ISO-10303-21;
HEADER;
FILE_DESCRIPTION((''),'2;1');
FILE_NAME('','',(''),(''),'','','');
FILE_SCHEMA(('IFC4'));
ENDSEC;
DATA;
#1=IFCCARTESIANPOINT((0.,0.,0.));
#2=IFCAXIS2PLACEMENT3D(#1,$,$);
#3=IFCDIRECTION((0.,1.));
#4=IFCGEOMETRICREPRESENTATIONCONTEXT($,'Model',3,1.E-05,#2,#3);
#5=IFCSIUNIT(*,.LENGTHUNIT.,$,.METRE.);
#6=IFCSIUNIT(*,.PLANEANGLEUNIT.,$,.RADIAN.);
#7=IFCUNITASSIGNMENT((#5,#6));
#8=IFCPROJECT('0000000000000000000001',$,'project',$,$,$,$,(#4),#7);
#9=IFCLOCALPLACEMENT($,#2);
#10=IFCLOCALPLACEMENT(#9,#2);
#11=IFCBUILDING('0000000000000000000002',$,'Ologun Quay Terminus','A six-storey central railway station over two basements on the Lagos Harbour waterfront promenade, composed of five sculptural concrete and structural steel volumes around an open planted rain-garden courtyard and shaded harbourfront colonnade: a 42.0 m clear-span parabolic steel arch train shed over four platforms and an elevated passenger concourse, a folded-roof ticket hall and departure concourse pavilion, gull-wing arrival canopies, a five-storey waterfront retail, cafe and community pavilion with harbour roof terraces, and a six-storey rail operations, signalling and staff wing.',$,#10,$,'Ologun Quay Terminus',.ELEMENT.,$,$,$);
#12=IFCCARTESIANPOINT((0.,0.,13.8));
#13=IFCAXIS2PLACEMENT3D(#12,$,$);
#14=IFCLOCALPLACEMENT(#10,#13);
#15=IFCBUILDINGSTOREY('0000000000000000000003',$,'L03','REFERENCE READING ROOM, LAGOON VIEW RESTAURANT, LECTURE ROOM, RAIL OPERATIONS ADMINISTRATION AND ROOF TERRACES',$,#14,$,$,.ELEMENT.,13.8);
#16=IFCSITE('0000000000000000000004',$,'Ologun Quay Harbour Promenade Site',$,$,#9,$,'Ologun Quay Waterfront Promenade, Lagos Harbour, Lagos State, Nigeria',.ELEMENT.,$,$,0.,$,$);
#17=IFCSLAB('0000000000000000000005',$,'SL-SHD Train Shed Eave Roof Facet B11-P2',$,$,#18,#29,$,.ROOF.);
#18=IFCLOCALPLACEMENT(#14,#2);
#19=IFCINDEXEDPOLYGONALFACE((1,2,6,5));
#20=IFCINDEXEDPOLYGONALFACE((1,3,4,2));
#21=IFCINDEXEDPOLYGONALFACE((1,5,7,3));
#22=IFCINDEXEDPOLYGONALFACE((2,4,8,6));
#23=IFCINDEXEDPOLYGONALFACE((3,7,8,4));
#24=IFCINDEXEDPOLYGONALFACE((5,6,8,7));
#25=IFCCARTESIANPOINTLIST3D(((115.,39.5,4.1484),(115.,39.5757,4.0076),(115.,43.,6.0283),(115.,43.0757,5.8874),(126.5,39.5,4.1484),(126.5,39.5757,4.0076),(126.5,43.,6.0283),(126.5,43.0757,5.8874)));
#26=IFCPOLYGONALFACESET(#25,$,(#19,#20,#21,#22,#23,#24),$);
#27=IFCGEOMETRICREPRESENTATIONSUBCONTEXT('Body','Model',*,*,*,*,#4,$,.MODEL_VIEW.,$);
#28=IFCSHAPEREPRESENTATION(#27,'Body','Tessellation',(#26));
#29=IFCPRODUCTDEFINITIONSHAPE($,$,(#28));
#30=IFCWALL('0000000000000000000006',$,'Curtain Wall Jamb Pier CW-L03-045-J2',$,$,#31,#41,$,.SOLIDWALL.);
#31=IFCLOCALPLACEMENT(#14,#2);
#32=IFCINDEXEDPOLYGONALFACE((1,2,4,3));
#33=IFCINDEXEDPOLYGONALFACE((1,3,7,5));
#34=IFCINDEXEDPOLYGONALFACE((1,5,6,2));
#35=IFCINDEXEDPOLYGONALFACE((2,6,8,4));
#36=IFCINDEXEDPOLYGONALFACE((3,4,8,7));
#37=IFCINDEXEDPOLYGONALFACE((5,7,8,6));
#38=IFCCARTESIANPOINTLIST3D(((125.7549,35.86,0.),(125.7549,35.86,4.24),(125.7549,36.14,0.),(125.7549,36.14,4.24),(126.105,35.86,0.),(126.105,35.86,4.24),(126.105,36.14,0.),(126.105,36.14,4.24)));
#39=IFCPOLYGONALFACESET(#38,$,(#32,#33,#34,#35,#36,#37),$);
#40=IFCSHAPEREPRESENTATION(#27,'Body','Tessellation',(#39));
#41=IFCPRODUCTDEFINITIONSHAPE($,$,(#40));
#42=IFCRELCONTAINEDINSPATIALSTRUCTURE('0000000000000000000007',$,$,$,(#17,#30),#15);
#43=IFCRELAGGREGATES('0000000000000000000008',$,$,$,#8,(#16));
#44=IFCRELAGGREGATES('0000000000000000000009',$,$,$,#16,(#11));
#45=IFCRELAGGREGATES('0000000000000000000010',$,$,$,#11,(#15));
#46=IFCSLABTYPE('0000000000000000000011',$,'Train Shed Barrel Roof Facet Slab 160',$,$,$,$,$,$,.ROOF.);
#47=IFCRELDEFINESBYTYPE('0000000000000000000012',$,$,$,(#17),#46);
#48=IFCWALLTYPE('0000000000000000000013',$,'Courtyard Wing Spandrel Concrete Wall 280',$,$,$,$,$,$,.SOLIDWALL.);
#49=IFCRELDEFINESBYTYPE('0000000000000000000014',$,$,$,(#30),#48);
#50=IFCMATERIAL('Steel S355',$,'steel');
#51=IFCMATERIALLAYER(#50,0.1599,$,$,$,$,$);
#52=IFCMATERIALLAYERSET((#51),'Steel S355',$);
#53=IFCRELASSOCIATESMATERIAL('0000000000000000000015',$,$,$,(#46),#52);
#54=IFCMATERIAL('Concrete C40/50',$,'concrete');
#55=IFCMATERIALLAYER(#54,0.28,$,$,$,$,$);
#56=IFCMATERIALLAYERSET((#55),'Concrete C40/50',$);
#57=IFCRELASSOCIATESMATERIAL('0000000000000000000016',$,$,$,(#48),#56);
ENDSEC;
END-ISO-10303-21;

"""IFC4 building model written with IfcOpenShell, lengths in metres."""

from ifc_helpers import new_model, si_unit, direction, frame, frame_2d, origin, place, context, subcontext, project, spatial, polyline, rectangle, outline, extrude, material, layer, layer_set, type_object, element, save


model = new_model("IFC4")

# Units and contexts
model_context = context("Model", 3, precision=1e-05, world=origin(), true_north=direction((0.0, 1.0)))
body_context = subcontext(model_context, "Body", "Model", "MODEL_VIEW")
ifc_project = project(units=[si_unit("LENGTHUNIT", "METRE"), si_unit("PLANEANGLEUNIT", "RADIAN")], contexts=[model_context])

# Site, building, storey
site_placement = place(None, origin())
site = spatial("IfcSite", under=ifc_project, at=site_placement, Name="Ologun Quay Harbour Promenade Site", LongName="Ologun Quay Waterfront Promenade, Lagos Harbour, Lagos State, Nigeria", CompositionType="ELEMENT", RefElevation=0.0)
building_placement = place(site_placement, origin())
building = spatial("IfcBuilding", under=site, at=building_placement, Name="Ologun Quay Terminus", Description="A six-storey central railway station over two basements on the Lagos Harbour waterfront promenade, composed of five sculptural concrete and structural steel volumes around an open planted rain-garden courtyard and shaded harbourfront colonnade: a 42.0 m clear-span parabolic steel arch train shed over four platforms and an elevated passenger concourse, a folded-roof ticket hall and departure concourse pavilion, gull-wing arrival canopies, a five-storey waterfront retail, cafe and community pavilion with harbour roof terraces, and a six-storey rail operations, signalling and staff wing.", LongName="Ologun Quay Terminus", CompositionType="ELEMENT")
storey_placement = place(building_placement, frame((0.0, 0.0, 13.8)))
storey = spatial("IfcBuildingStorey", under=building, at=storey_placement, Name="L03", Description="REFERENCE READING ROOM, LAGOON VIEW RESTAURANT, LECTURE ROOM, RAIL OPERATIONS ADMINISTRATION AND ROOF TERRACES", CompositionType="ELEMENT", Elevation=13.8)

# Slab
ifc_material_1 = material(Name="Steel S355", Category="steel")
ifc_layer_1 = layer(ifc_material_1, 0.1599)
ifc_layer_set_1 = layer_set([ifc_layer_1], Name="Steel S355")
slab_type = type_object("IfcSlabType", Name="Train Shed Barrel Roof Facet Slab 160", PredefinedType="ROOF", material=ifc_layer_set_1)
slab_placement = place(storey_placement, frame((115.0, 39.5, 4.1484), z_axis=(0.0, -0.473176, 0.880968), x_axis=(1.0, 0.0, 0.0)))
element("IfcSlab", 1, at=slab_placement, inside=storey, type_object=slab_type, Name="SL-SHD Train Shed Eave Roof Facet B11-P2", PredefinedType="ROOF", context=body_context, shape_type="SweptSolid", body=[
    extrude(outline(polyline([(0.0, 0.0), (11.5, 0.0), (11.5, 3.9729), (0.0, 3.9729), (0.0, 0.0)])), origin(), (0.0, 0.0, -1.0), 0.1599),
])

# Wall
ifc_material_2 = material(Name="Concrete C40/50", Category="concrete")
ifc_layer_2 = layer(ifc_material_2, 0.28)
ifc_layer_set_2 = layer_set([ifc_layer_2], Name="Concrete C40/50")
wall_type = type_object("IfcWallType", Name="Courtyard Wing Spandrel Concrete Wall 280", PredefinedType="SOLIDWALL", material=ifc_layer_set_2)
wall_placement = place(storey_placement, frame((125.7549, 36.0, 0.0), z_axis=(0.0, 0.0, 1.0), x_axis=(1.0, 0.0, 0.0)))
element("IfcWall", 2, at=wall_placement, inside=storey, type_object=wall_type, Name="Curtain Wall Jamb Pier CW-L03-045-J2", PredefinedType="SOLIDWALL", context=body_context, shape_type="SweptSolid", body=[
    extrude(rectangle(XDim=0.3501, YDim=0.28, at=frame_2d((0.175, 0.0))), origin(), (0.0, 0.0, 1.0), 4.24),
])

save(model, "model.ifc")
